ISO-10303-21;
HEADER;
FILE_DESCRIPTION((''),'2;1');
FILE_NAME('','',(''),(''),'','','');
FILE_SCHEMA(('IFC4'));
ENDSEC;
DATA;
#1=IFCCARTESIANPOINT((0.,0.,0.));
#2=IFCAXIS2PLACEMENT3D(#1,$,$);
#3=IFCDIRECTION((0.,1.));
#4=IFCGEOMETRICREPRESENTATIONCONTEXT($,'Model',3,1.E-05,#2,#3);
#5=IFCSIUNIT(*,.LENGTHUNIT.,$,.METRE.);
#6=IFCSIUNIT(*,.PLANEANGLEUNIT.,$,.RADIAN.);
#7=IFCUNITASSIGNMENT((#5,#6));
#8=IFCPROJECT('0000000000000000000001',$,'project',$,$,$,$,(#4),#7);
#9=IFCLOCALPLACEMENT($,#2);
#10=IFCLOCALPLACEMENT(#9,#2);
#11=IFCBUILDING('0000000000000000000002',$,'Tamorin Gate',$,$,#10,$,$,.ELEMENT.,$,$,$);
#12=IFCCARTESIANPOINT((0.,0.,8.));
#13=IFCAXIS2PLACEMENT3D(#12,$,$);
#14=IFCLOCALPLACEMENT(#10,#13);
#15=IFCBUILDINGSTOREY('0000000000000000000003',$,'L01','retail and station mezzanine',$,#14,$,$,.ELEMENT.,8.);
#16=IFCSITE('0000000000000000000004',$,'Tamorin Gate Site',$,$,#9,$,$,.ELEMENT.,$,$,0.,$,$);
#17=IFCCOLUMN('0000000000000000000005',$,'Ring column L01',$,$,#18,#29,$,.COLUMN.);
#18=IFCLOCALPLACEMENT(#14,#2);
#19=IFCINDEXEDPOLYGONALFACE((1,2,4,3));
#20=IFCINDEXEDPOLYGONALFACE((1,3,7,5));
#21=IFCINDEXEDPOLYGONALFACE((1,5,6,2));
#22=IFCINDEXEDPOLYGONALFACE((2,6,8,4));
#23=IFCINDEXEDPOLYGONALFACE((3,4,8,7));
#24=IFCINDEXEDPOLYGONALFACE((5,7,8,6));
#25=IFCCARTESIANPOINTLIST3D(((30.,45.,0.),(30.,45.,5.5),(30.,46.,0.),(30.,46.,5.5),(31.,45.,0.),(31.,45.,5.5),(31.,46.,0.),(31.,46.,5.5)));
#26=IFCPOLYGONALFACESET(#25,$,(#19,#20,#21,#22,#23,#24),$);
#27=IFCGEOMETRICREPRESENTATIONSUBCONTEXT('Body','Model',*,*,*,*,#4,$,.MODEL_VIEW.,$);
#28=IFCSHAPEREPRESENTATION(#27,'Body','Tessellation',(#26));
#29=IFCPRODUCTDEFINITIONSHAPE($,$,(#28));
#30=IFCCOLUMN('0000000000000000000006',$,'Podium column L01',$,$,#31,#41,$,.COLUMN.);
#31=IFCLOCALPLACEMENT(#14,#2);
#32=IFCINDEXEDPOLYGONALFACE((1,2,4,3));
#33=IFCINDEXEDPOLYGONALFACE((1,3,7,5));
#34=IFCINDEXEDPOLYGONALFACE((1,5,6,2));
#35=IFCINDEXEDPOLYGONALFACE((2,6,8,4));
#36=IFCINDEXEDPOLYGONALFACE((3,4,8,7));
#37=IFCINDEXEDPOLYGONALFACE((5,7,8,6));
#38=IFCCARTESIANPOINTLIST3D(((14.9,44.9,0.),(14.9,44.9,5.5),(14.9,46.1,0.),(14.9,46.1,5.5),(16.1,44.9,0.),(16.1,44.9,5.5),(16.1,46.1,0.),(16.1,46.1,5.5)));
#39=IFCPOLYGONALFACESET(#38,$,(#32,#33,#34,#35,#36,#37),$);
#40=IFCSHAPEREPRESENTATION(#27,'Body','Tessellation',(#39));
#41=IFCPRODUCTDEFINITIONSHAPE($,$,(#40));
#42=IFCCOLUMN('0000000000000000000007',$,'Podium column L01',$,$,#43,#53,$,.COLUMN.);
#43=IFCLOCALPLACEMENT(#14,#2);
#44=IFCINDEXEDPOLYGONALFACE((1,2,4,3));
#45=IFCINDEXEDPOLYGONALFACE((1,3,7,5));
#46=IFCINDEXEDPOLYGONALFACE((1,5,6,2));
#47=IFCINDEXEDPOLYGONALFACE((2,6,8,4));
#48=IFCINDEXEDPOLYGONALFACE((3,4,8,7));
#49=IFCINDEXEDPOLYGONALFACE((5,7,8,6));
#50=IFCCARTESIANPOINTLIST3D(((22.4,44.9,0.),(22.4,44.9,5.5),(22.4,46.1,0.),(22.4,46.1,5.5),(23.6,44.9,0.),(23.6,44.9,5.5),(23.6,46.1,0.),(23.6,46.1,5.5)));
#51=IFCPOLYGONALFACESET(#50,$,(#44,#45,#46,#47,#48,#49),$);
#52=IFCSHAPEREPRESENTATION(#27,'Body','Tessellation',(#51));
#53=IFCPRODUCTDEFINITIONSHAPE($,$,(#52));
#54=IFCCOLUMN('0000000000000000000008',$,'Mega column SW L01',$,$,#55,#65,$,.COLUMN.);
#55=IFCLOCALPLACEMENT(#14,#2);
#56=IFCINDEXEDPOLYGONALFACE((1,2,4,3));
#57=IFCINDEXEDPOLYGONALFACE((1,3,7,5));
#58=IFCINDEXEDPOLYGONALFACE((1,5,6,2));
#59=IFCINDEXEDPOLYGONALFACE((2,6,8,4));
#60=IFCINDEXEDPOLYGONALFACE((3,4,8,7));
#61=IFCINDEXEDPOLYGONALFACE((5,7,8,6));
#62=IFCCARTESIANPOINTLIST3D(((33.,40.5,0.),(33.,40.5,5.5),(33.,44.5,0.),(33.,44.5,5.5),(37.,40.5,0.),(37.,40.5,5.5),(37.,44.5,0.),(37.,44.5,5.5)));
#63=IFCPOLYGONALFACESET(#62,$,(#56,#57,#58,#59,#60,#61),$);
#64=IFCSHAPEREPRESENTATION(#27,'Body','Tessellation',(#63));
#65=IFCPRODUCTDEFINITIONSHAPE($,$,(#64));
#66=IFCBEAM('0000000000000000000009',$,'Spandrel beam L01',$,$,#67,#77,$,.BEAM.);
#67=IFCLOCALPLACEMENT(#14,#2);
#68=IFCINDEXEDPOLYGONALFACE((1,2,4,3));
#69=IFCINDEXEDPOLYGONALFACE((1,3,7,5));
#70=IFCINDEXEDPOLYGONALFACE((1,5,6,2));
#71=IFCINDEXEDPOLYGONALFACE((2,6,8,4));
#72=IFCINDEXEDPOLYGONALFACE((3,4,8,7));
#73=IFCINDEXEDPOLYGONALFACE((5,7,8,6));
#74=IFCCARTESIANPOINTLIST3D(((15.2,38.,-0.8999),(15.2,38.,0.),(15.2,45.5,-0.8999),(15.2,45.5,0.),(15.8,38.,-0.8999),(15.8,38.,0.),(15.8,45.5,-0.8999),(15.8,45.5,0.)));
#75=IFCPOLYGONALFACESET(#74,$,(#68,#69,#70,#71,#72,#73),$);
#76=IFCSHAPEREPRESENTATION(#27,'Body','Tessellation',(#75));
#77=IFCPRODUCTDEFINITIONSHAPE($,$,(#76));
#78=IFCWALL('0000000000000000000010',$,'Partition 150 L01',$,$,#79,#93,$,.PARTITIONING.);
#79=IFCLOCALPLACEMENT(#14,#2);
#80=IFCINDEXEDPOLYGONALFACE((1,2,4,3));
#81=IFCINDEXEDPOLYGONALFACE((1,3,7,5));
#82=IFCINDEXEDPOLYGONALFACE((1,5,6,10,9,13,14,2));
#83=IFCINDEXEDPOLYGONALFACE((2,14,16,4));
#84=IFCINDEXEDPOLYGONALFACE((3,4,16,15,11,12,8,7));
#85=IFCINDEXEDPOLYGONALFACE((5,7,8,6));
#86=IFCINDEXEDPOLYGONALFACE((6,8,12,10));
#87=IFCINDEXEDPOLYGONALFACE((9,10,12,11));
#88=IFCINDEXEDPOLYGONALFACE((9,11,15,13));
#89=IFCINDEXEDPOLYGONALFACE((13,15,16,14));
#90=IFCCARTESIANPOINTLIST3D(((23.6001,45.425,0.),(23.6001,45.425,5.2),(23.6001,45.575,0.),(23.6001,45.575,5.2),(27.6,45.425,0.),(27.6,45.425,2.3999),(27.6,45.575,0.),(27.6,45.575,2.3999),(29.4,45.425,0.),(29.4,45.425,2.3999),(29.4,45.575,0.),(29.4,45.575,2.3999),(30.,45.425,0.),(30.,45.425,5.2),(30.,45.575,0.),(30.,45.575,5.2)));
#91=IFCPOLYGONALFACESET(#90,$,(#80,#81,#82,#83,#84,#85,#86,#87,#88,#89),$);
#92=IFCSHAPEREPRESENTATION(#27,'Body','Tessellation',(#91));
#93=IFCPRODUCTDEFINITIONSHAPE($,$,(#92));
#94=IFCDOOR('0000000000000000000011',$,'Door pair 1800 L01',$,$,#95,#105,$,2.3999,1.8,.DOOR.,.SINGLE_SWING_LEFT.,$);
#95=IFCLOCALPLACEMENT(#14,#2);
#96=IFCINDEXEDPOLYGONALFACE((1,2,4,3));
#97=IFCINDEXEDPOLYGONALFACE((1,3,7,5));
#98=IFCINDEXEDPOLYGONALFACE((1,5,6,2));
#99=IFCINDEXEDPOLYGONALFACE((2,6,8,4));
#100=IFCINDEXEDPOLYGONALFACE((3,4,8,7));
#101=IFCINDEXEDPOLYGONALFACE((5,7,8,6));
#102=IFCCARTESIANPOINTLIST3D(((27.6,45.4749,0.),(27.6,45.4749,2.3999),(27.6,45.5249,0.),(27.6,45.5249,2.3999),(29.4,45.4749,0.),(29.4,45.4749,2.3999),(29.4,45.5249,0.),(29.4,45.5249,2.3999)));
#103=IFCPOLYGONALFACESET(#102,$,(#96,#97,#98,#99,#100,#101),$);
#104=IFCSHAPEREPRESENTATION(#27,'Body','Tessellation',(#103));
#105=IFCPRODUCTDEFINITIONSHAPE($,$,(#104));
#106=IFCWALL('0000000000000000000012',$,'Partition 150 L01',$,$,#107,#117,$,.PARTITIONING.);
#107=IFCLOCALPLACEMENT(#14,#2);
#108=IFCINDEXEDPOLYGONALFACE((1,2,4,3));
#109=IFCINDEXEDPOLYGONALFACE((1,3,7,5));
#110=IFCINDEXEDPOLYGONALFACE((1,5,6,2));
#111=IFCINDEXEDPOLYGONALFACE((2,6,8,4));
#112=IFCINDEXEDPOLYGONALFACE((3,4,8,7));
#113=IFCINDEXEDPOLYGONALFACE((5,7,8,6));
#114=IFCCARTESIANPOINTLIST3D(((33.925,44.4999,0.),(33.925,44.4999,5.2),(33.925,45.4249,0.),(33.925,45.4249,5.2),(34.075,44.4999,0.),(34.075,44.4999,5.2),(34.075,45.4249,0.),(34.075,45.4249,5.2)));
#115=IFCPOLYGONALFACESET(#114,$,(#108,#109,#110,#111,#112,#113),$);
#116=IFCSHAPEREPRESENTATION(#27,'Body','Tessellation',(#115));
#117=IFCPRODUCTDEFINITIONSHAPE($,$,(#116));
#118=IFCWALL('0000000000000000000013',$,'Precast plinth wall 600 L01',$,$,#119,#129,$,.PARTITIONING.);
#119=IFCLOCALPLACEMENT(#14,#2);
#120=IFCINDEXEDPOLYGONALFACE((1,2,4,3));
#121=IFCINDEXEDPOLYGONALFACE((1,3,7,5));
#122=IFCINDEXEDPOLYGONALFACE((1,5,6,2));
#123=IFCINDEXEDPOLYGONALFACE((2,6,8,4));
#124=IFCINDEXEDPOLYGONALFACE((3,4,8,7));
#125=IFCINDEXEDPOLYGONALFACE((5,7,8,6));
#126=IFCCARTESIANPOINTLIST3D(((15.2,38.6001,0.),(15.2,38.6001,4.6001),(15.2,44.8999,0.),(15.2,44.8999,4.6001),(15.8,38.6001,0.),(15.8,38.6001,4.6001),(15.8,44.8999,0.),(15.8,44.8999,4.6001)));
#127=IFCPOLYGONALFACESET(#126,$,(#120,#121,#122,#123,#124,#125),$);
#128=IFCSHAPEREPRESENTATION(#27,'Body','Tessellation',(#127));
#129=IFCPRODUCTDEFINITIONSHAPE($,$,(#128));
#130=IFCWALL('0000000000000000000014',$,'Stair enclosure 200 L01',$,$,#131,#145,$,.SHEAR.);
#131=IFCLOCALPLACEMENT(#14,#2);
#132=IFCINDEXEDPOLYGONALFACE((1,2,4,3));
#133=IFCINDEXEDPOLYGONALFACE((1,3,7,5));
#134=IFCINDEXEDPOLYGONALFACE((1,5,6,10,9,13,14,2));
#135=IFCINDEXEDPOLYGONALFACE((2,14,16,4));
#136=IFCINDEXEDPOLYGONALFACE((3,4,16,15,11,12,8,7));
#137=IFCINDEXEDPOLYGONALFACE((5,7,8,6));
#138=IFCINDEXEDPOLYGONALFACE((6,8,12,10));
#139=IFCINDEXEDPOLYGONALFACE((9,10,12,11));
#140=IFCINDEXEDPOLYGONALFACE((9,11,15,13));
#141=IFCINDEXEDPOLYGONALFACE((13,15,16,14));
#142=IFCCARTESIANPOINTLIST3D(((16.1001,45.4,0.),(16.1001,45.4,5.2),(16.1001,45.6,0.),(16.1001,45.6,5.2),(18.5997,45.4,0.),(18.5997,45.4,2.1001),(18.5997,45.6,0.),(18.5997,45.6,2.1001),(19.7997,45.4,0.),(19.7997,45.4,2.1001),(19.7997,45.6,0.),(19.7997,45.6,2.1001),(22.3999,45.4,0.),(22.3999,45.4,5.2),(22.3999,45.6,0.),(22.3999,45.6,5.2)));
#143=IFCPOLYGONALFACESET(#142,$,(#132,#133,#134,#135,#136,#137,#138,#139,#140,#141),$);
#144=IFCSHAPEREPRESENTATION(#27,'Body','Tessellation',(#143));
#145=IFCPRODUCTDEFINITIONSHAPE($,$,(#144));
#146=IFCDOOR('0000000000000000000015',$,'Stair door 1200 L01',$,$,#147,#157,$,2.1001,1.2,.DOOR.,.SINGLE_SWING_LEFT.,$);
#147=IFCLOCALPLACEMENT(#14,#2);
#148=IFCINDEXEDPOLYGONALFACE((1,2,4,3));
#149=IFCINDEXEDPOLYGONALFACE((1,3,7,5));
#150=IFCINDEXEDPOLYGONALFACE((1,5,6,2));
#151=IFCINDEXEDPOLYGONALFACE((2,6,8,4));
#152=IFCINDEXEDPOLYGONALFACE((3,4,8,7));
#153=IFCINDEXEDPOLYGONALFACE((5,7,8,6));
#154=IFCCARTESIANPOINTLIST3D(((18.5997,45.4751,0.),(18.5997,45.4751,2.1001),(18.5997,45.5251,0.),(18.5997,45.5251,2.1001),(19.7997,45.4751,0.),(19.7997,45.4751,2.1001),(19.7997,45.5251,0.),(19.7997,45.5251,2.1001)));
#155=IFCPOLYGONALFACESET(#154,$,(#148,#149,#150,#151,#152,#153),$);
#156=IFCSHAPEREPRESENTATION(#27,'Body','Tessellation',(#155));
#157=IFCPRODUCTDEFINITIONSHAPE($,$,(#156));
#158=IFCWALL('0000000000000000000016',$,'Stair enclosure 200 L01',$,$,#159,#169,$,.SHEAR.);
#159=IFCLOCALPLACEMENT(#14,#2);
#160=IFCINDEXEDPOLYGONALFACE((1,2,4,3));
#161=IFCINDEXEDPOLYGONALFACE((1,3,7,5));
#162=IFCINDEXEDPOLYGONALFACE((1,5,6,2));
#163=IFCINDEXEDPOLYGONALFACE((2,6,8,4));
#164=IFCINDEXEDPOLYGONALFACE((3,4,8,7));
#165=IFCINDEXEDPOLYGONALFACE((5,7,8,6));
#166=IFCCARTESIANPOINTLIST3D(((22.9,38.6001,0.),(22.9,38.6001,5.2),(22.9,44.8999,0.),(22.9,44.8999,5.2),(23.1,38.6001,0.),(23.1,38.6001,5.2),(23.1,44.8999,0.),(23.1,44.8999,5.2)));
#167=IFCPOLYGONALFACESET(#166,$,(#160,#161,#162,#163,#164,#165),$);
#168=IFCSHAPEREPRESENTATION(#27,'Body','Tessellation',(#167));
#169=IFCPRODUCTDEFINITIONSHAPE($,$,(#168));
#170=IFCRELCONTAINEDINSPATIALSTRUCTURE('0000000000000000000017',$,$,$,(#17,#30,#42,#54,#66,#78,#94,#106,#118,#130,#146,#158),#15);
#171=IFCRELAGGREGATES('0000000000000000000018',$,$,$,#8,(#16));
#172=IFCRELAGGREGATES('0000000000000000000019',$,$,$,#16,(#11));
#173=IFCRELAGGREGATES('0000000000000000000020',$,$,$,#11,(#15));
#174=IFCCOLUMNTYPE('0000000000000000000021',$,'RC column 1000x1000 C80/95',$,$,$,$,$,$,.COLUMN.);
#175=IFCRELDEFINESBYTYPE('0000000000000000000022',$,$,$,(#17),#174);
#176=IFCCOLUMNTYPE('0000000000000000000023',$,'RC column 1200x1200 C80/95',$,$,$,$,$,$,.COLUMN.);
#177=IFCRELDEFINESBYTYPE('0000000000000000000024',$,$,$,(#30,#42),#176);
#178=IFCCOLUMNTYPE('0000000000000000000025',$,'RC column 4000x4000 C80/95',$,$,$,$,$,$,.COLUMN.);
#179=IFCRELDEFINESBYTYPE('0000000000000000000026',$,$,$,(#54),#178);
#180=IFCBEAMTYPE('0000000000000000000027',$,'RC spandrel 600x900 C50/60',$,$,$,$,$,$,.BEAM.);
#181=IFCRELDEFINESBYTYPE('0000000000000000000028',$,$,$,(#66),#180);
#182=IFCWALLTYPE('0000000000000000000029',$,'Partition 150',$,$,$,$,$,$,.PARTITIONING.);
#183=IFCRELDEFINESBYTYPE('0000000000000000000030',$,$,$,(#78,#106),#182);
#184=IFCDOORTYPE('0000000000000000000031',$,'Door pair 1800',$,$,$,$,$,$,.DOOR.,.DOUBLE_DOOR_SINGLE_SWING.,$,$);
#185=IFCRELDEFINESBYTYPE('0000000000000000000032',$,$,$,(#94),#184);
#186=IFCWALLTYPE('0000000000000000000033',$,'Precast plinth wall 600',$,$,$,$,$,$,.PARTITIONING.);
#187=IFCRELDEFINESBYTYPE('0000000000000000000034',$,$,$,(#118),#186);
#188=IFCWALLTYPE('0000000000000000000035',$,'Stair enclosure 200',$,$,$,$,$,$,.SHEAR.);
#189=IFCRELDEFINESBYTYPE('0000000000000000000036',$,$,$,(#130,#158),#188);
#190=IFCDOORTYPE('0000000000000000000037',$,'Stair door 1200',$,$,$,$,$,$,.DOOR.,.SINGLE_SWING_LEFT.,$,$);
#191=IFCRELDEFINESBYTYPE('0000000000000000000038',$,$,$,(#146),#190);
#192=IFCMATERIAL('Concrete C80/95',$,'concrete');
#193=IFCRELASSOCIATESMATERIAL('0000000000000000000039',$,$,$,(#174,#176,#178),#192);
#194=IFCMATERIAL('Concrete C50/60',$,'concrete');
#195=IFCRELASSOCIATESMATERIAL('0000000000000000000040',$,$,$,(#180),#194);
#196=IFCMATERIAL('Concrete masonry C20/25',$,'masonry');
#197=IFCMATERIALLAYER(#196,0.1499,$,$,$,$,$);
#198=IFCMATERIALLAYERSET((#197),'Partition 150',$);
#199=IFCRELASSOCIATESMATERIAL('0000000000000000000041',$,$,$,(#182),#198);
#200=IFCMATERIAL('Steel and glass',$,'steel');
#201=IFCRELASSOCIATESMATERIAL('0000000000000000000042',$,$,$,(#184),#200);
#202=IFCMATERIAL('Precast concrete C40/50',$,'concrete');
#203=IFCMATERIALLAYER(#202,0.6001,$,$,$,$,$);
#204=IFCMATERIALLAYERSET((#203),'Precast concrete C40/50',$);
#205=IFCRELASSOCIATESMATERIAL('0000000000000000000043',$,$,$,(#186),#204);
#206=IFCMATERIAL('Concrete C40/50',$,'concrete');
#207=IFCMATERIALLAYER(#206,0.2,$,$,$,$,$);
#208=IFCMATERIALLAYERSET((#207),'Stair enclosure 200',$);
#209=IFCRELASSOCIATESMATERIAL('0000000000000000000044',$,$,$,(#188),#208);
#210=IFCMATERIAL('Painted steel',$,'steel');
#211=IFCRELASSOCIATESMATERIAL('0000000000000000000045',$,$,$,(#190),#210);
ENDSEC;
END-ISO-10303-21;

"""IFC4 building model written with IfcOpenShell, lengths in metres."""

from ifc_helpers import new_model, si_unit, direction, frame, frame_2d, origin, origin_2d, place, context, subcontext, project, spatial, rectangle, extrude, material, layer, layer_set, material_profile, profile_set, type_object, element, fill, save


model = new_model("IFC4")

# Units and contexts
model_context = context("Model", 3, precision=1e-05, world=origin(), true_north=direction((0.0, 1.0)))
body_context = subcontext(model_context, "Body", "Model", "MODEL_VIEW")
ifc_project = project(units=[si_unit("LENGTHUNIT", "METRE"), si_unit("PLANEANGLEUNIT", "RADIAN")], contexts=[model_context])

# Site, building, storey
site_placement = place(None, origin())
site = spatial("IfcSite", under=ifc_project, at=site_placement, Name="Tamorin Gate Site", CompositionType="ELEMENT", RefElevation=0.0)
building_placement = place(site_placement, origin())
building = spatial("IfcBuilding", under=site, at=building_placement, Name="Tamorin Gate", CompositionType="ELEMENT")
storey_placement = place(building_placement, frame((0.0, 0.0, 8.0)))
storey = spatial("IfcBuildingStorey", under=building, at=storey_placement, Name="L01", Description="retail and station mezzanine", CompositionType="ELEMENT", Elevation=8.0)

# Columns
ifc_material_1 = material(Name="Concrete C80/95", Category="concrete")
ifc_material_profile_1 = material_profile(ifc_material_1, rectangle(XDim=1.0, YDim=1.0, at=origin_2d()), Name="RC 1000x1000")
ifc_profile_set_1 = profile_set([ifc_material_profile_1], Name="Concrete C80/95")
column_type_1 = type_object("IfcColumnType", Name="RC column 1000x1000 C80/95", PredefinedType="COLUMN", material=ifc_profile_set_1)
column_1_placement = place(storey_placement, frame((30.5, 45.5, 0.0), z_axis=(0.0, 0.0, 1.0), x_axis=(1.0, 0.0, 0.0)))
element("IfcColumn", 1, at=column_1_placement, inside=storey, type_object=column_type_1, Name="Ring column L01", PredefinedType="COLUMN", context=body_context, shape_type="SweptSolid", body=[
    extrude(rectangle(XDim=1.0, YDim=1.0, at=origin_2d()), origin(), (0.0, 0.0, 1.0), 5.5),
])
ifc_material_profile_2 = material_profile(ifc_material_1, rectangle(XDim=1.2, YDim=1.2, at=origin_2d()), Name="RC 1200x1200")
ifc_profile_set_2 = profile_set([ifc_material_profile_2], Name="Concrete C80/95")
column_type_2 = type_object("IfcColumnType", Name="RC column 1200x1200 C80/95", PredefinedType="COLUMN", material=ifc_profile_set_2)
for number, where, z_axis, x_axis, name in (
    (2, (15.5, 45.5, 0.0), (0.0, 0.0, 1.0), (1.0, 0.0, 0.0), "Podium column L01"),
    (3, (23.0, 45.5, 0.0), (0.0, 0.0, 1.0), (1.0, 0.0, 0.0), "Podium column L01"),
):
    element("IfcColumn", number, at=place(storey_placement, frame(where, z_axis=z_axis, x_axis=x_axis)), inside=storey, type_object=column_type_2, Name=name, PredefinedType="COLUMN", context=body_context, shape_type="SweptSolid", body=[
        extrude(rectangle(XDim=1.2, YDim=1.2, at=origin_2d()), origin(), (0.0, 0.0, 1.0), 5.5),
    ])
ifc_material_profile_3 = material_profile(ifc_material_1, rectangle(XDim=4.0, YDim=4.0, at=origin_2d()), Name="RC 4000x4000")
ifc_profile_set_3 = profile_set([ifc_material_profile_3], Name="Concrete C80/95")
column_type_3 = type_object("IfcColumnType", Name="RC column 4000x4000 C80/95", PredefinedType="COLUMN", material=ifc_profile_set_3)
column_2_placement = place(storey_placement, frame((35.0, 42.5, 0.0), z_axis=(0.0, 0.0, 1.0), x_axis=(1.0, 0.0, 0.0)))
element("IfcColumn", 4, at=column_2_placement, inside=storey, type_object=column_type_3, Name="Mega column SW L01", PredefinedType="COLUMN", context=body_context, shape_type="SweptSolid", body=[
    extrude(rectangle(XDim=4.0, YDim=4.0, at=origin_2d()), origin(), (0.0, 0.0, 1.0), 5.5),
])

# Beam
ifc_material_2 = material(Name="Concrete C50/60", Category="concrete")
ifc_material_profile_4 = material_profile(ifc_material_2, rectangle(XDim=0.6001, YDim=0.8999, at=origin_2d()), Name="RC 600x900")
ifc_profile_set_4 = profile_set([ifc_material_profile_4], Name="Concrete C50/60")
beam_type = type_object("IfcBeamType", Name="RC spandrel 600x900 C50/60", PredefinedType="BEAM", material=ifc_profile_set_4)
beam_placement = place(storey_placement, frame((15.5, 45.5, -0.45), z_axis=(0.0, -1.0, 0.0), x_axis=(1.0, 0.0, 0.0)))
element("IfcBeam", 5, at=beam_placement, inside=storey, type_object=beam_type, Name="Spandrel beam L01", PredefinedType="BEAM", context=body_context, shape_type="SweptSolid", body=[
    extrude(rectangle(XDim=0.6001, YDim=0.8999, at=origin_2d()), origin(), (0.0, 0.0, 1.0), 7.5),
])

# Wall, opening, door
ifc_material_3 = material(Name="Concrete masonry C20/25", Category="masonry")
ifc_layer_1 = layer(ifc_material_3, 0.1499)
ifc_layer_set_1 = layer_set([ifc_layer_1], Name="Partition 150")
wall_type_1 = type_object("IfcWallType", Name="Partition 150", PredefinedType="PARTITIONING", material=ifc_layer_set_1)
wall_1_placement = place(storey_placement, frame((23.6001, 45.5, 0.0), z_axis=(0.0, 0.0, 1.0), x_axis=(1.0, 0.0, 0.0)))
wall_1 = element("IfcWall", 6, at=wall_1_placement, inside=storey, type_object=wall_type_1, Name="Partition 150 L01", PredefinedType="PARTITIONING", context=body_context, shape_type="SweptSolid", body=[
    extrude(rectangle(XDim=6.3999, YDim=0.1499, at=frame_2d((3.2, 0.0))), origin(), (0.0, 0.0, 1.0), 5.2),
])
opening_1_placement = place(wall_1_placement, frame((4.0, 0.0, 0.0)))
opening_1 = element("IfcOpeningElement", 7, at=opening_1_placement, cuts=wall_1, PredefinedType="OPENING", context=body_context, shape_type="SweptSolid", body=[
    extrude(rectangle(XDim=1.8, YDim=2.3999, at=frame_2d((0.8999, 1.2))), frame((0.0, 0.085, 0.0), z_axis=(0.0, -1.0, 0.0), x_axis=(1.0, 0.0, 0.0)), (0.0, 0.0, 1.0), 0.1699),
])
ifc_material_4 = material(Name="Steel and glass", Category="steel")
door_type_1 = type_object("IfcDoorType", Name="Door pair 1800", OperationType="DOUBLE_DOOR_SINGLE_SWING", PredefinedType="DOOR", material=ifc_material_4)
door_1_placement = place(opening_1_placement, origin())
door_1 = element("IfcDoor", 8, at=door_1_placement, inside=storey, type_object=door_type_1, Name="Door pair 1800 L01", OperationType="SINGLE_SWING_LEFT", OverallHeight=2.3999, OverallWidth=1.8, PredefinedType="DOOR", context=body_context, shape_type="SweptSolid", body=[
    extrude(rectangle(XDim=1.8, YDim=2.3999, at=frame_2d((0.8999, 1.2))), frame((0.0, 0.0249, 0.0), z_axis=(0.0, -1.0, 0.0), x_axis=(1.0, 0.0, 0.0)), (0.0, 0.0, 1.0), 0.05),
])
fill(opening_1, door_1)

# Walls
wall_2_placement = place(storey_placement, frame((34.0, 44.5, 0.0), z_axis=(0.0, 0.0, 1.0), x_axis=(0.0, 1.0, 0.0)))
element("IfcWall", 9, at=wall_2_placement, inside=storey, type_object=wall_type_1, Name="Partition 150 L01", PredefinedType="PARTITIONING", context=body_context, shape_type="SweptSolid", body=[
    extrude(rectangle(XDim=0.925, YDim=0.1499, at=frame_2d((0.4624, 0.0))), origin(), (0.0, 0.0, 1.0), 5.2),
])
ifc_material_5 = material(Name="Precast concrete C40/50", Category="concrete")
ifc_layer_2 = layer(ifc_material_5, 0.6001)
ifc_layer_set_2 = layer_set([ifc_layer_2], Name="Precast concrete C40/50")
wall_type_2 = type_object("IfcWallType", Name="Precast plinth wall 600", PredefinedType="PARTITIONING", material=ifc_layer_set_2)
wall_3_placement = place(storey_placement, frame((15.5, 38.6001, 0.0), z_axis=(0.0, 0.0, 1.0), x_axis=(0.0, 1.0, 0.0)))
element("IfcWall", 10, at=wall_3_placement, inside=storey, type_object=wall_type_2, Name="Precast plinth wall 600 L01", PredefinedType="PARTITIONING", context=body_context, shape_type="SweptSolid", body=[
    extrude(rectangle(XDim=6.2998, YDim=0.6001, at=frame_2d((3.1499, 0.0))), origin(), (0.0, 0.0, 1.0), 4.6001),
])

# Wall, opening, door
ifc_material_6 = material(Name="Concrete C40/50", Category="concrete")
ifc_layer_3 = layer(ifc_material_6, 0.2)
ifc_layer_set_3 = layer_set([ifc_layer_3], Name="Stair enclosure 200")
wall_type_3 = type_object("IfcWallType", Name="Stair enclosure 200", PredefinedType="SHEAR", material=ifc_layer_set_3)
wall_4_placement = place(storey_placement, frame((22.3999, 45.5, 0.0), z_axis=(0.0, 0.0, 1.0), x_axis=(-1.0, 0.0, 0.0)))
wall_4 = element("IfcWall", 11, at=wall_4_placement, inside=storey, type_object=wall_type_3, Name="Stair enclosure 200 L01", PredefinedType="SHEAR", context=body_context, shape_type="SweptSolid", body=[
    extrude(rectangle(XDim=6.2998, YDim=0.2, at=frame_2d((3.1499, 0.0))), origin(), (0.0, 0.0, 1.0), 5.2),
])
opening_2_placement = place(wall_4_placement, frame((2.6001, 0.0, 0.0)))
opening_2 = element("IfcOpeningElement", 12, at=opening_2_placement, cuts=wall_4, PredefinedType="OPENING", context=body_context, shape_type="SweptSolid", body=[
    extrude(rectangle(XDim=1.2, YDim=2.1001, at=frame_2d((0.6001, 1.05))), frame((0.0, 0.1099, 0.0), z_axis=(0.0, -1.0, 0.0), x_axis=(1.0, 0.0, 0.0)), (0.0, 0.0, 1.0), 0.22),
])
ifc_material_7 = material(Name="Painted steel", Category="steel")
door_type_2 = type_object("IfcDoorType", Name="Stair door 1200", OperationType="SINGLE_SWING_LEFT", PredefinedType="DOOR", material=ifc_material_7)
door_2_placement = place(opening_2_placement, origin())
door_2 = element("IfcDoor", 13, at=door_2_placement, inside=storey, type_object=door_type_2, Name="Stair door 1200 L01", OperationType="SINGLE_SWING_LEFT", OverallHeight=2.1001, OverallWidth=1.2, PredefinedType="DOOR", context=body_context, shape_type="SweptSolid", body=[
    extrude(rectangle(XDim=1.2, YDim=2.1001, at=frame_2d((0.6001, 1.05))), frame((0.0, 0.0249, 0.0), z_axis=(0.0, -1.0, 0.0), x_axis=(1.0, 0.0, 0.0)), (0.0, 0.0, 1.0), 0.05),
])
fill(opening_2, door_2)

# Wall
wall_5_placement = place(storey_placement, frame((23.0, 38.6001, 0.0), z_axis=(0.0, 0.0, 1.0), x_axis=(0.0, 1.0, 0.0)))
element("IfcWall", 14, at=wall_5_placement, inside=storey, type_object=wall_type_3, Name="Stair enclosure 200 L01", PredefinedType="SHEAR", context=body_context, shape_type="SweptSolid", body=[
    extrude(rectangle(XDim=6.2998, YDim=0.2, at=frame_2d((3.1499, 0.0))), origin(), (0.0, 0.0, 1.0), 5.2),
])

save(model, "model.ifc")
